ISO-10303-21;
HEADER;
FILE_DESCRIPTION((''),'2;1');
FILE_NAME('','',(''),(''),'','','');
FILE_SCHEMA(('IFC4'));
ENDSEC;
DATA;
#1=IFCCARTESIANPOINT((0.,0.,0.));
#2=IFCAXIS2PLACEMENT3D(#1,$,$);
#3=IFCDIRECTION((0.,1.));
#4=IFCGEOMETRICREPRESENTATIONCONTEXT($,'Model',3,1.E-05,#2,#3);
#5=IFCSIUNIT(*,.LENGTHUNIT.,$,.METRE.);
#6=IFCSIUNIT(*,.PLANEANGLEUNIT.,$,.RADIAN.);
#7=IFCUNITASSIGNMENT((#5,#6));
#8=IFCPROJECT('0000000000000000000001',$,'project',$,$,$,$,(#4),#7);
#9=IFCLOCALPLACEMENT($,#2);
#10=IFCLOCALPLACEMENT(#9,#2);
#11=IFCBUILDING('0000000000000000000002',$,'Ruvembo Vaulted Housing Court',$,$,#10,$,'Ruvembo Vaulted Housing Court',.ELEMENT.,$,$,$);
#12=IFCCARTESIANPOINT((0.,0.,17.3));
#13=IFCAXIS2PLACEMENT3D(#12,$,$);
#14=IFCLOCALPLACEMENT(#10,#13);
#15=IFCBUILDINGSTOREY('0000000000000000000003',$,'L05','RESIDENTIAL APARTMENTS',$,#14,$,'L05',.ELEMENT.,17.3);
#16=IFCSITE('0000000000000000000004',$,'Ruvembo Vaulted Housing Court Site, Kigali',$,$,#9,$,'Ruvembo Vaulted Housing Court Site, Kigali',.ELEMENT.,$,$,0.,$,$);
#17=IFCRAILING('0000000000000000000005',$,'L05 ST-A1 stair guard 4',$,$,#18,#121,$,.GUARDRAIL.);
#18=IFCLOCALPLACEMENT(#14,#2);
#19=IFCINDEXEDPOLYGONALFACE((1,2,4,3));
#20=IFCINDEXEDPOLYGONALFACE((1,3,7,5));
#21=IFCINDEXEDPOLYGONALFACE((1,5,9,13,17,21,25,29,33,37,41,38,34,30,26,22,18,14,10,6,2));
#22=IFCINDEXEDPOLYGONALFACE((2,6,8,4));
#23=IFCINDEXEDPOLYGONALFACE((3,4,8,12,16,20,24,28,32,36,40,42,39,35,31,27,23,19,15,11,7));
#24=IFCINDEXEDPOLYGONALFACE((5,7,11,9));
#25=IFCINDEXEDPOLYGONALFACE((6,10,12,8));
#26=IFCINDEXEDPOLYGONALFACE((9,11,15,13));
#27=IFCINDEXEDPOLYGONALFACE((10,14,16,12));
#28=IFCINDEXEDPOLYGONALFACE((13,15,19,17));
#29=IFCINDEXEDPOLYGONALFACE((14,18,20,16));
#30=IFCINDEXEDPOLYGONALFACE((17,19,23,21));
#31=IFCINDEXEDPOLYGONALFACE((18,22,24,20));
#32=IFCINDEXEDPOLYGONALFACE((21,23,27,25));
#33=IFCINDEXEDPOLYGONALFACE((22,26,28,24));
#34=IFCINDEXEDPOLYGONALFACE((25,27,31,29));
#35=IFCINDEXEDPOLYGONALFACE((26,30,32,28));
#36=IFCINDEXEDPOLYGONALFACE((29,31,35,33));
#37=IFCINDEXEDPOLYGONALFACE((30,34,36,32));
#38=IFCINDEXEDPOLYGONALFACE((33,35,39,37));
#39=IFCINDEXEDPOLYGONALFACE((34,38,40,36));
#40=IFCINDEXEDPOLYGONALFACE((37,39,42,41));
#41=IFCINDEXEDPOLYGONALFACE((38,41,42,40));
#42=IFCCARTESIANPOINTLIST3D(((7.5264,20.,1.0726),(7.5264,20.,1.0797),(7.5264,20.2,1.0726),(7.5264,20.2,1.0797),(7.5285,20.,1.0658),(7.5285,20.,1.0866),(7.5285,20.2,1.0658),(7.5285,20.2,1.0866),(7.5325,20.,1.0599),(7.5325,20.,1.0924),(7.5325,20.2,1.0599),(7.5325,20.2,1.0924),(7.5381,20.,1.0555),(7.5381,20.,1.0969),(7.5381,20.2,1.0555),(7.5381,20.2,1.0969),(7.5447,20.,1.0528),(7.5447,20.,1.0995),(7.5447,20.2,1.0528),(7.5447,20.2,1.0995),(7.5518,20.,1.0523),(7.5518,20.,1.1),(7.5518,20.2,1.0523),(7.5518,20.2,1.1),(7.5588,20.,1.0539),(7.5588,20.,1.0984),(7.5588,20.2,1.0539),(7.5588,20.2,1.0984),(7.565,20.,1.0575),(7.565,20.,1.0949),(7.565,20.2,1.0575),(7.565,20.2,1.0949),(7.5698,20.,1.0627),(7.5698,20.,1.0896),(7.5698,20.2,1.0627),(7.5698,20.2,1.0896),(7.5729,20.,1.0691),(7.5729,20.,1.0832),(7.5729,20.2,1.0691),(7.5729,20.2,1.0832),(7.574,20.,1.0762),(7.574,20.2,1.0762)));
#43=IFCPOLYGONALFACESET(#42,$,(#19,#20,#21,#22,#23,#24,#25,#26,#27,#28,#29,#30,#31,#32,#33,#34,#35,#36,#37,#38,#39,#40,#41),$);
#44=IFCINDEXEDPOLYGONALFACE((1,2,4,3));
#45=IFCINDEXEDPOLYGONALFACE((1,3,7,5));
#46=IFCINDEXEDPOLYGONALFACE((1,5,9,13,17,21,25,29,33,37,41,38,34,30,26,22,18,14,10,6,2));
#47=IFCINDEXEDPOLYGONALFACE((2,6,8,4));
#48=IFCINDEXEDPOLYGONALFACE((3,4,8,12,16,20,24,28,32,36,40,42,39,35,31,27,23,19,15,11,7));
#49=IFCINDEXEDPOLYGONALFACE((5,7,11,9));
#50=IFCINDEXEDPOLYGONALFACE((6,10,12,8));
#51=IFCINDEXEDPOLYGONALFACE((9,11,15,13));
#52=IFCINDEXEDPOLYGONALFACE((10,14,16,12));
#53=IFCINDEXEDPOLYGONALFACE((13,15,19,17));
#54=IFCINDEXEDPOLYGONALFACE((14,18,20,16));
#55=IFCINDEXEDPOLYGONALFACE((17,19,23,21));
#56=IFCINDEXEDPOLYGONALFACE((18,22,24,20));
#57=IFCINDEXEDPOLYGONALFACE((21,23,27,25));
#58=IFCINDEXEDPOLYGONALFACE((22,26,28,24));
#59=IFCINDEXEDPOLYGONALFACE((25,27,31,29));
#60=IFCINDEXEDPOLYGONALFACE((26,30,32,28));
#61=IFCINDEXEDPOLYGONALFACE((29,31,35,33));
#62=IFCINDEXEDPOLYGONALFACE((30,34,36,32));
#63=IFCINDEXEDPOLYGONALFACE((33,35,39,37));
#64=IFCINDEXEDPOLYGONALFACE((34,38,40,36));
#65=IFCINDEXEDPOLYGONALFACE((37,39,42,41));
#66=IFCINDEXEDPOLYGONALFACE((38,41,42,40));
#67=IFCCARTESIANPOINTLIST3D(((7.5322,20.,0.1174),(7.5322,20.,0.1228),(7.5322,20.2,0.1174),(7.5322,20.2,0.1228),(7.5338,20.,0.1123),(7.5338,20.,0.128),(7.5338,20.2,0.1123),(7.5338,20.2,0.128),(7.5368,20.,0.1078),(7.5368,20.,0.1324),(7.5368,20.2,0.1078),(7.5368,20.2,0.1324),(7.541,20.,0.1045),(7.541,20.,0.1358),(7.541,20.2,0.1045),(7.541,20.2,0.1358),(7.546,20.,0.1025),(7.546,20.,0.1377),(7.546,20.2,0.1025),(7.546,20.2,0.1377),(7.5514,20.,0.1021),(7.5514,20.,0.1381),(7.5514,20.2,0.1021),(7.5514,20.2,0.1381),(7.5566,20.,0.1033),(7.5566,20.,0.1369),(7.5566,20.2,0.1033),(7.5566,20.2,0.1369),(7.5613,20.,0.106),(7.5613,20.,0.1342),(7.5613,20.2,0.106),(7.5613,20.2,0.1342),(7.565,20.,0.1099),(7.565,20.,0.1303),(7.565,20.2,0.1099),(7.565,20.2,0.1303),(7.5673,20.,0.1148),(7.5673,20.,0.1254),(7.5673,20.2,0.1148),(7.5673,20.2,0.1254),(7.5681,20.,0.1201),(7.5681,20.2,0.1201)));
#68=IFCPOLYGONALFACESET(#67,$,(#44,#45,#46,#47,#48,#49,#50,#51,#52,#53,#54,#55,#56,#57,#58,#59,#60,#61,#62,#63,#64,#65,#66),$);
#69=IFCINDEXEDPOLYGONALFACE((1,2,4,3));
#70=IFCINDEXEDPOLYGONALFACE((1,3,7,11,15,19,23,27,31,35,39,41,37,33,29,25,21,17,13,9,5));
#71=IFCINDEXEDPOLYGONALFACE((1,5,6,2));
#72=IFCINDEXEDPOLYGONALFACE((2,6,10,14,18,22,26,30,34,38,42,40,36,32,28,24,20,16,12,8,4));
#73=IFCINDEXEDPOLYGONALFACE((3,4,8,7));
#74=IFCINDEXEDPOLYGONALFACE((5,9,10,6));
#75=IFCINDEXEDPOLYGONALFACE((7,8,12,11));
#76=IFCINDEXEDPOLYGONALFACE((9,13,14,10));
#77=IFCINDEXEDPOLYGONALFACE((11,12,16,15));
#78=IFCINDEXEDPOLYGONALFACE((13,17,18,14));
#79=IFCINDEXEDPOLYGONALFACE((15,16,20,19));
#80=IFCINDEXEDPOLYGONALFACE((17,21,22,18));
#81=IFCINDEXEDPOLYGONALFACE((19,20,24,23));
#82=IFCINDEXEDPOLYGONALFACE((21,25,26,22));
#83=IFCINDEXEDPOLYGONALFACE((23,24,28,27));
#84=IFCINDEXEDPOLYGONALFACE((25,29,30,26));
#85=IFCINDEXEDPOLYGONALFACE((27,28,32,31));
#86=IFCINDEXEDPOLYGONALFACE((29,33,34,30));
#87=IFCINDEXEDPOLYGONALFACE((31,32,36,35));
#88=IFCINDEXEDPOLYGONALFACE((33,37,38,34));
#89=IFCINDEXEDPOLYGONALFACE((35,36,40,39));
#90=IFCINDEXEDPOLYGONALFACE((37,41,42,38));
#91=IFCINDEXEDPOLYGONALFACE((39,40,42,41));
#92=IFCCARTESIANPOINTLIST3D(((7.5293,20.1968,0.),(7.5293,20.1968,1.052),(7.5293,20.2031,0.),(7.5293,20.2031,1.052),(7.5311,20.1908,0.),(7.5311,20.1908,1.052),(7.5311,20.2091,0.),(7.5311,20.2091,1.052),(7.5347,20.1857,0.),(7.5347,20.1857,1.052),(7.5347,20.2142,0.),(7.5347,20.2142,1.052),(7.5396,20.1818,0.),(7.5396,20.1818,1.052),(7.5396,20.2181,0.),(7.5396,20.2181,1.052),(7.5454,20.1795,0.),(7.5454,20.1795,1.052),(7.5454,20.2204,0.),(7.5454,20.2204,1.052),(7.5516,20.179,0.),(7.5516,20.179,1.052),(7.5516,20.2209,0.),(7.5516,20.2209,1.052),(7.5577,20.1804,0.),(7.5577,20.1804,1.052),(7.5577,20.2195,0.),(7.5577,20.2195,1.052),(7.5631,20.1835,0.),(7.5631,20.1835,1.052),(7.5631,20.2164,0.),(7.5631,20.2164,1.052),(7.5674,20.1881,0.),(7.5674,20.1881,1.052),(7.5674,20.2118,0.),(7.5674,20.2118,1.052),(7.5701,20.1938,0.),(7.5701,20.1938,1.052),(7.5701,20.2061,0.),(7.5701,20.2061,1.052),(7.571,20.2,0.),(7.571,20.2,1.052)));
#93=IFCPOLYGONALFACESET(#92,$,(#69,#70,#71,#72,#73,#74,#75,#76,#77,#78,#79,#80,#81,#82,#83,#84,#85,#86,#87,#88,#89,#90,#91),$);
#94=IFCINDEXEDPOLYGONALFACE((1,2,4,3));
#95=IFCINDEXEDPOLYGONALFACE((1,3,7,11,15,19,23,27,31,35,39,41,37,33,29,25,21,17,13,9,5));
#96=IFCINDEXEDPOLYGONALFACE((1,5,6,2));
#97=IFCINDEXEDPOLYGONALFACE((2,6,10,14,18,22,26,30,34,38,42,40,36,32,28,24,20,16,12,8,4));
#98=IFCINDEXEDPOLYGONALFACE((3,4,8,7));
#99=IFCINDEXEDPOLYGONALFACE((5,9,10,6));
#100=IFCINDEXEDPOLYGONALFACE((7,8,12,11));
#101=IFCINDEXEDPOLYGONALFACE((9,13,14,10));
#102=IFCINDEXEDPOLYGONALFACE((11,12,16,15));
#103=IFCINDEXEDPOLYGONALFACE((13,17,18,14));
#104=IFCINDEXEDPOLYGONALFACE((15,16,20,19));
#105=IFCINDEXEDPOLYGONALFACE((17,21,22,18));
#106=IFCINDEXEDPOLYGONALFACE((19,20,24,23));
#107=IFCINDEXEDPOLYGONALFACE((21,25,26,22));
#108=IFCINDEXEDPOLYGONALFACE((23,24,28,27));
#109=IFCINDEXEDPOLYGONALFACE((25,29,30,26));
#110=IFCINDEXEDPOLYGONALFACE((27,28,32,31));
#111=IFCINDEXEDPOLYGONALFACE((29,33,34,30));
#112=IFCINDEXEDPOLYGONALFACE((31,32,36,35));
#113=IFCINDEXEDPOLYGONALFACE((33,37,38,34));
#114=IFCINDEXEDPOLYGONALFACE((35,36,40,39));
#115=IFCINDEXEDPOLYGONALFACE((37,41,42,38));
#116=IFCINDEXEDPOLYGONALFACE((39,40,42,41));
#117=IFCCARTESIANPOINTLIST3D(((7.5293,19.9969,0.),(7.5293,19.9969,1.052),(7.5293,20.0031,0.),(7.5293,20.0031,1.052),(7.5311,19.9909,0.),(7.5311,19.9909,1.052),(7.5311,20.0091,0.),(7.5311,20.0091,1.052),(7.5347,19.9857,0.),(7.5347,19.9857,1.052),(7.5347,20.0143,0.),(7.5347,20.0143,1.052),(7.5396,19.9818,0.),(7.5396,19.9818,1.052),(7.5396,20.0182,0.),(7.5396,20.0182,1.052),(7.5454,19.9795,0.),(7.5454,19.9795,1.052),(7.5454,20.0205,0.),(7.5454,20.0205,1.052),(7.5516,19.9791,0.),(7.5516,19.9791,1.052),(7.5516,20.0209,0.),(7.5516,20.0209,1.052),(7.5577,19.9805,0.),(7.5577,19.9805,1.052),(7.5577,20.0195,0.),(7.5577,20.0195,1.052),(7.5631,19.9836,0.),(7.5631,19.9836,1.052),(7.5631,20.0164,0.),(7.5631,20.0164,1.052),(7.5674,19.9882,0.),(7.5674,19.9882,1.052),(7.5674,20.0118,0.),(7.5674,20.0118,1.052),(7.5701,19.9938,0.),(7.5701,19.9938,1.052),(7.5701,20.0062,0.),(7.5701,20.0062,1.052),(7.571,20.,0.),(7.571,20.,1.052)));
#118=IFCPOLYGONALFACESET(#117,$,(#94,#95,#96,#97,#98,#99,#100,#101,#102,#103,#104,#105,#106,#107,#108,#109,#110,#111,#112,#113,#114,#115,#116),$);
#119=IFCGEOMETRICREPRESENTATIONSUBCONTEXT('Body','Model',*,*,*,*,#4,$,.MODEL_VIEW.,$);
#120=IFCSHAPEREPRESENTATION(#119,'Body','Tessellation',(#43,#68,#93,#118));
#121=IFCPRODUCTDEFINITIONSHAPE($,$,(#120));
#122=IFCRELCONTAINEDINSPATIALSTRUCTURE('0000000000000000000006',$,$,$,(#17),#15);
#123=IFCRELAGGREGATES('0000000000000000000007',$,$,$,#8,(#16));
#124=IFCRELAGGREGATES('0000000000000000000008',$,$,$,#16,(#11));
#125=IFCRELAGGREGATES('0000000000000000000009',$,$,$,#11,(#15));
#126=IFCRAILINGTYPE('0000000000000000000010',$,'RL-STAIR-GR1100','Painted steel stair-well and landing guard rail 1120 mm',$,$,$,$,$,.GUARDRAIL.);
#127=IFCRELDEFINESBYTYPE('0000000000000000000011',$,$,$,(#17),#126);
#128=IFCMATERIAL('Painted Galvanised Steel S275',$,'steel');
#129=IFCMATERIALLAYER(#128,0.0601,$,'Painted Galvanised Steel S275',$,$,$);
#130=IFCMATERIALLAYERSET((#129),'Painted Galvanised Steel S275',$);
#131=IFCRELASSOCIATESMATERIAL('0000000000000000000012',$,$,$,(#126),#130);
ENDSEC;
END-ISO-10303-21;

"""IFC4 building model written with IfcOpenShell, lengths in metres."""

from ifc_helpers import new_model, si_unit, direction, frame, origin, origin_2d, place, context, subcontext, project, spatial, circle, extrude, material, layer, layer_set, type_object, element, save


model = new_model("IFC4")

# Units and contexts
model_context = context("Model", 3, precision=1e-05, world=origin(), true_north=direction((0.0, 1.0)))
body_context = subcontext(model_context, "Body", "Model", "MODEL_VIEW")
ifc_project = project(units=[si_unit("LENGTHUNIT", "METRE"), si_unit("PLANEANGLEUNIT", "RADIAN")], contexts=[model_context])

# Site, building, storey
site_placement = place(None, origin())
site = spatial("IfcSite", under=ifc_project, at=site_placement, Name="Ruvembo Vaulted Housing Court Site, Kigali", LongName="Ruvembo Vaulted Housing Court Site, Kigali", CompositionType="ELEMENT", RefElevation=0.0)
building_placement = place(site_placement, origin())
building = spatial("IfcBuilding", under=site, at=building_placement, Name="Ruvembo Vaulted Housing Court", LongName="Ruvembo Vaulted Housing Court", CompositionType="ELEMENT")
storey_placement = place(building_placement, frame((0.0, 0.0, 17.3)))
storey = spatial("IfcBuildingStorey", under=building, at=storey_placement, Name="L05", Description="RESIDENTIAL APARTMENTS", LongName="L05", CompositionType="ELEMENT", Elevation=17.3)

# Railing
ifc_material_1 = material(Name="Painted Galvanised Steel S275", Category="steel")
ifc_layer_1 = layer(ifc_material_1, 0.0601, Name="Painted Galvanised Steel S275")
ifc_layer_set_1 = layer_set([ifc_layer_1], Name="Painted Galvanised Steel S275")
railing_type_1 = type_object("IfcRailingType", Name="RL-STAIR-GR1100", Description="Painted steel stair-well and landing guard rail 1120 mm", PredefinedType="GUARDRAIL", material=ifc_layer_set_1)
railing_1_placement = place(storey_placement, frame((7.55, 20.2, 0.0)))
element("IfcRailing", 1, at=railing_1_placement, inside=storey, type_object=railing_type_1, Name="L05 ST-A1 stair guard 4", PredefinedType="GUARDRAIL", context=body_context, shape_type="SweptSolid", body=[
    extrude(circle(Radius=0.0239, at=origin_2d()), frame((0.0, 0.0, 1.0762), z_axis=(0.0, -1.0, 0.0), x_axis=(1.0, 0.0, 0.0)), (0.0, 0.0, 1.0), 0.2),
    extrude(circle(Radius=0.0181, at=origin_2d()), frame((0.0, 0.0, 0.1201), z_axis=(0.0, -1.0, 0.0), x_axis=(1.0, 0.0, 0.0)), (0.0, 0.0, 1.0), 0.2),
    extrude(circle(Radius=0.021, at=origin_2d()), origin(), (0.0, 0.0, 1.0), 1.052),
    extrude(circle(Radius=0.021, at=origin_2d()), frame((0.0, -0.2, 0.0)), (0.0, 0.0, 1.0), 1.052),
])

save(model, "model.ifc")
